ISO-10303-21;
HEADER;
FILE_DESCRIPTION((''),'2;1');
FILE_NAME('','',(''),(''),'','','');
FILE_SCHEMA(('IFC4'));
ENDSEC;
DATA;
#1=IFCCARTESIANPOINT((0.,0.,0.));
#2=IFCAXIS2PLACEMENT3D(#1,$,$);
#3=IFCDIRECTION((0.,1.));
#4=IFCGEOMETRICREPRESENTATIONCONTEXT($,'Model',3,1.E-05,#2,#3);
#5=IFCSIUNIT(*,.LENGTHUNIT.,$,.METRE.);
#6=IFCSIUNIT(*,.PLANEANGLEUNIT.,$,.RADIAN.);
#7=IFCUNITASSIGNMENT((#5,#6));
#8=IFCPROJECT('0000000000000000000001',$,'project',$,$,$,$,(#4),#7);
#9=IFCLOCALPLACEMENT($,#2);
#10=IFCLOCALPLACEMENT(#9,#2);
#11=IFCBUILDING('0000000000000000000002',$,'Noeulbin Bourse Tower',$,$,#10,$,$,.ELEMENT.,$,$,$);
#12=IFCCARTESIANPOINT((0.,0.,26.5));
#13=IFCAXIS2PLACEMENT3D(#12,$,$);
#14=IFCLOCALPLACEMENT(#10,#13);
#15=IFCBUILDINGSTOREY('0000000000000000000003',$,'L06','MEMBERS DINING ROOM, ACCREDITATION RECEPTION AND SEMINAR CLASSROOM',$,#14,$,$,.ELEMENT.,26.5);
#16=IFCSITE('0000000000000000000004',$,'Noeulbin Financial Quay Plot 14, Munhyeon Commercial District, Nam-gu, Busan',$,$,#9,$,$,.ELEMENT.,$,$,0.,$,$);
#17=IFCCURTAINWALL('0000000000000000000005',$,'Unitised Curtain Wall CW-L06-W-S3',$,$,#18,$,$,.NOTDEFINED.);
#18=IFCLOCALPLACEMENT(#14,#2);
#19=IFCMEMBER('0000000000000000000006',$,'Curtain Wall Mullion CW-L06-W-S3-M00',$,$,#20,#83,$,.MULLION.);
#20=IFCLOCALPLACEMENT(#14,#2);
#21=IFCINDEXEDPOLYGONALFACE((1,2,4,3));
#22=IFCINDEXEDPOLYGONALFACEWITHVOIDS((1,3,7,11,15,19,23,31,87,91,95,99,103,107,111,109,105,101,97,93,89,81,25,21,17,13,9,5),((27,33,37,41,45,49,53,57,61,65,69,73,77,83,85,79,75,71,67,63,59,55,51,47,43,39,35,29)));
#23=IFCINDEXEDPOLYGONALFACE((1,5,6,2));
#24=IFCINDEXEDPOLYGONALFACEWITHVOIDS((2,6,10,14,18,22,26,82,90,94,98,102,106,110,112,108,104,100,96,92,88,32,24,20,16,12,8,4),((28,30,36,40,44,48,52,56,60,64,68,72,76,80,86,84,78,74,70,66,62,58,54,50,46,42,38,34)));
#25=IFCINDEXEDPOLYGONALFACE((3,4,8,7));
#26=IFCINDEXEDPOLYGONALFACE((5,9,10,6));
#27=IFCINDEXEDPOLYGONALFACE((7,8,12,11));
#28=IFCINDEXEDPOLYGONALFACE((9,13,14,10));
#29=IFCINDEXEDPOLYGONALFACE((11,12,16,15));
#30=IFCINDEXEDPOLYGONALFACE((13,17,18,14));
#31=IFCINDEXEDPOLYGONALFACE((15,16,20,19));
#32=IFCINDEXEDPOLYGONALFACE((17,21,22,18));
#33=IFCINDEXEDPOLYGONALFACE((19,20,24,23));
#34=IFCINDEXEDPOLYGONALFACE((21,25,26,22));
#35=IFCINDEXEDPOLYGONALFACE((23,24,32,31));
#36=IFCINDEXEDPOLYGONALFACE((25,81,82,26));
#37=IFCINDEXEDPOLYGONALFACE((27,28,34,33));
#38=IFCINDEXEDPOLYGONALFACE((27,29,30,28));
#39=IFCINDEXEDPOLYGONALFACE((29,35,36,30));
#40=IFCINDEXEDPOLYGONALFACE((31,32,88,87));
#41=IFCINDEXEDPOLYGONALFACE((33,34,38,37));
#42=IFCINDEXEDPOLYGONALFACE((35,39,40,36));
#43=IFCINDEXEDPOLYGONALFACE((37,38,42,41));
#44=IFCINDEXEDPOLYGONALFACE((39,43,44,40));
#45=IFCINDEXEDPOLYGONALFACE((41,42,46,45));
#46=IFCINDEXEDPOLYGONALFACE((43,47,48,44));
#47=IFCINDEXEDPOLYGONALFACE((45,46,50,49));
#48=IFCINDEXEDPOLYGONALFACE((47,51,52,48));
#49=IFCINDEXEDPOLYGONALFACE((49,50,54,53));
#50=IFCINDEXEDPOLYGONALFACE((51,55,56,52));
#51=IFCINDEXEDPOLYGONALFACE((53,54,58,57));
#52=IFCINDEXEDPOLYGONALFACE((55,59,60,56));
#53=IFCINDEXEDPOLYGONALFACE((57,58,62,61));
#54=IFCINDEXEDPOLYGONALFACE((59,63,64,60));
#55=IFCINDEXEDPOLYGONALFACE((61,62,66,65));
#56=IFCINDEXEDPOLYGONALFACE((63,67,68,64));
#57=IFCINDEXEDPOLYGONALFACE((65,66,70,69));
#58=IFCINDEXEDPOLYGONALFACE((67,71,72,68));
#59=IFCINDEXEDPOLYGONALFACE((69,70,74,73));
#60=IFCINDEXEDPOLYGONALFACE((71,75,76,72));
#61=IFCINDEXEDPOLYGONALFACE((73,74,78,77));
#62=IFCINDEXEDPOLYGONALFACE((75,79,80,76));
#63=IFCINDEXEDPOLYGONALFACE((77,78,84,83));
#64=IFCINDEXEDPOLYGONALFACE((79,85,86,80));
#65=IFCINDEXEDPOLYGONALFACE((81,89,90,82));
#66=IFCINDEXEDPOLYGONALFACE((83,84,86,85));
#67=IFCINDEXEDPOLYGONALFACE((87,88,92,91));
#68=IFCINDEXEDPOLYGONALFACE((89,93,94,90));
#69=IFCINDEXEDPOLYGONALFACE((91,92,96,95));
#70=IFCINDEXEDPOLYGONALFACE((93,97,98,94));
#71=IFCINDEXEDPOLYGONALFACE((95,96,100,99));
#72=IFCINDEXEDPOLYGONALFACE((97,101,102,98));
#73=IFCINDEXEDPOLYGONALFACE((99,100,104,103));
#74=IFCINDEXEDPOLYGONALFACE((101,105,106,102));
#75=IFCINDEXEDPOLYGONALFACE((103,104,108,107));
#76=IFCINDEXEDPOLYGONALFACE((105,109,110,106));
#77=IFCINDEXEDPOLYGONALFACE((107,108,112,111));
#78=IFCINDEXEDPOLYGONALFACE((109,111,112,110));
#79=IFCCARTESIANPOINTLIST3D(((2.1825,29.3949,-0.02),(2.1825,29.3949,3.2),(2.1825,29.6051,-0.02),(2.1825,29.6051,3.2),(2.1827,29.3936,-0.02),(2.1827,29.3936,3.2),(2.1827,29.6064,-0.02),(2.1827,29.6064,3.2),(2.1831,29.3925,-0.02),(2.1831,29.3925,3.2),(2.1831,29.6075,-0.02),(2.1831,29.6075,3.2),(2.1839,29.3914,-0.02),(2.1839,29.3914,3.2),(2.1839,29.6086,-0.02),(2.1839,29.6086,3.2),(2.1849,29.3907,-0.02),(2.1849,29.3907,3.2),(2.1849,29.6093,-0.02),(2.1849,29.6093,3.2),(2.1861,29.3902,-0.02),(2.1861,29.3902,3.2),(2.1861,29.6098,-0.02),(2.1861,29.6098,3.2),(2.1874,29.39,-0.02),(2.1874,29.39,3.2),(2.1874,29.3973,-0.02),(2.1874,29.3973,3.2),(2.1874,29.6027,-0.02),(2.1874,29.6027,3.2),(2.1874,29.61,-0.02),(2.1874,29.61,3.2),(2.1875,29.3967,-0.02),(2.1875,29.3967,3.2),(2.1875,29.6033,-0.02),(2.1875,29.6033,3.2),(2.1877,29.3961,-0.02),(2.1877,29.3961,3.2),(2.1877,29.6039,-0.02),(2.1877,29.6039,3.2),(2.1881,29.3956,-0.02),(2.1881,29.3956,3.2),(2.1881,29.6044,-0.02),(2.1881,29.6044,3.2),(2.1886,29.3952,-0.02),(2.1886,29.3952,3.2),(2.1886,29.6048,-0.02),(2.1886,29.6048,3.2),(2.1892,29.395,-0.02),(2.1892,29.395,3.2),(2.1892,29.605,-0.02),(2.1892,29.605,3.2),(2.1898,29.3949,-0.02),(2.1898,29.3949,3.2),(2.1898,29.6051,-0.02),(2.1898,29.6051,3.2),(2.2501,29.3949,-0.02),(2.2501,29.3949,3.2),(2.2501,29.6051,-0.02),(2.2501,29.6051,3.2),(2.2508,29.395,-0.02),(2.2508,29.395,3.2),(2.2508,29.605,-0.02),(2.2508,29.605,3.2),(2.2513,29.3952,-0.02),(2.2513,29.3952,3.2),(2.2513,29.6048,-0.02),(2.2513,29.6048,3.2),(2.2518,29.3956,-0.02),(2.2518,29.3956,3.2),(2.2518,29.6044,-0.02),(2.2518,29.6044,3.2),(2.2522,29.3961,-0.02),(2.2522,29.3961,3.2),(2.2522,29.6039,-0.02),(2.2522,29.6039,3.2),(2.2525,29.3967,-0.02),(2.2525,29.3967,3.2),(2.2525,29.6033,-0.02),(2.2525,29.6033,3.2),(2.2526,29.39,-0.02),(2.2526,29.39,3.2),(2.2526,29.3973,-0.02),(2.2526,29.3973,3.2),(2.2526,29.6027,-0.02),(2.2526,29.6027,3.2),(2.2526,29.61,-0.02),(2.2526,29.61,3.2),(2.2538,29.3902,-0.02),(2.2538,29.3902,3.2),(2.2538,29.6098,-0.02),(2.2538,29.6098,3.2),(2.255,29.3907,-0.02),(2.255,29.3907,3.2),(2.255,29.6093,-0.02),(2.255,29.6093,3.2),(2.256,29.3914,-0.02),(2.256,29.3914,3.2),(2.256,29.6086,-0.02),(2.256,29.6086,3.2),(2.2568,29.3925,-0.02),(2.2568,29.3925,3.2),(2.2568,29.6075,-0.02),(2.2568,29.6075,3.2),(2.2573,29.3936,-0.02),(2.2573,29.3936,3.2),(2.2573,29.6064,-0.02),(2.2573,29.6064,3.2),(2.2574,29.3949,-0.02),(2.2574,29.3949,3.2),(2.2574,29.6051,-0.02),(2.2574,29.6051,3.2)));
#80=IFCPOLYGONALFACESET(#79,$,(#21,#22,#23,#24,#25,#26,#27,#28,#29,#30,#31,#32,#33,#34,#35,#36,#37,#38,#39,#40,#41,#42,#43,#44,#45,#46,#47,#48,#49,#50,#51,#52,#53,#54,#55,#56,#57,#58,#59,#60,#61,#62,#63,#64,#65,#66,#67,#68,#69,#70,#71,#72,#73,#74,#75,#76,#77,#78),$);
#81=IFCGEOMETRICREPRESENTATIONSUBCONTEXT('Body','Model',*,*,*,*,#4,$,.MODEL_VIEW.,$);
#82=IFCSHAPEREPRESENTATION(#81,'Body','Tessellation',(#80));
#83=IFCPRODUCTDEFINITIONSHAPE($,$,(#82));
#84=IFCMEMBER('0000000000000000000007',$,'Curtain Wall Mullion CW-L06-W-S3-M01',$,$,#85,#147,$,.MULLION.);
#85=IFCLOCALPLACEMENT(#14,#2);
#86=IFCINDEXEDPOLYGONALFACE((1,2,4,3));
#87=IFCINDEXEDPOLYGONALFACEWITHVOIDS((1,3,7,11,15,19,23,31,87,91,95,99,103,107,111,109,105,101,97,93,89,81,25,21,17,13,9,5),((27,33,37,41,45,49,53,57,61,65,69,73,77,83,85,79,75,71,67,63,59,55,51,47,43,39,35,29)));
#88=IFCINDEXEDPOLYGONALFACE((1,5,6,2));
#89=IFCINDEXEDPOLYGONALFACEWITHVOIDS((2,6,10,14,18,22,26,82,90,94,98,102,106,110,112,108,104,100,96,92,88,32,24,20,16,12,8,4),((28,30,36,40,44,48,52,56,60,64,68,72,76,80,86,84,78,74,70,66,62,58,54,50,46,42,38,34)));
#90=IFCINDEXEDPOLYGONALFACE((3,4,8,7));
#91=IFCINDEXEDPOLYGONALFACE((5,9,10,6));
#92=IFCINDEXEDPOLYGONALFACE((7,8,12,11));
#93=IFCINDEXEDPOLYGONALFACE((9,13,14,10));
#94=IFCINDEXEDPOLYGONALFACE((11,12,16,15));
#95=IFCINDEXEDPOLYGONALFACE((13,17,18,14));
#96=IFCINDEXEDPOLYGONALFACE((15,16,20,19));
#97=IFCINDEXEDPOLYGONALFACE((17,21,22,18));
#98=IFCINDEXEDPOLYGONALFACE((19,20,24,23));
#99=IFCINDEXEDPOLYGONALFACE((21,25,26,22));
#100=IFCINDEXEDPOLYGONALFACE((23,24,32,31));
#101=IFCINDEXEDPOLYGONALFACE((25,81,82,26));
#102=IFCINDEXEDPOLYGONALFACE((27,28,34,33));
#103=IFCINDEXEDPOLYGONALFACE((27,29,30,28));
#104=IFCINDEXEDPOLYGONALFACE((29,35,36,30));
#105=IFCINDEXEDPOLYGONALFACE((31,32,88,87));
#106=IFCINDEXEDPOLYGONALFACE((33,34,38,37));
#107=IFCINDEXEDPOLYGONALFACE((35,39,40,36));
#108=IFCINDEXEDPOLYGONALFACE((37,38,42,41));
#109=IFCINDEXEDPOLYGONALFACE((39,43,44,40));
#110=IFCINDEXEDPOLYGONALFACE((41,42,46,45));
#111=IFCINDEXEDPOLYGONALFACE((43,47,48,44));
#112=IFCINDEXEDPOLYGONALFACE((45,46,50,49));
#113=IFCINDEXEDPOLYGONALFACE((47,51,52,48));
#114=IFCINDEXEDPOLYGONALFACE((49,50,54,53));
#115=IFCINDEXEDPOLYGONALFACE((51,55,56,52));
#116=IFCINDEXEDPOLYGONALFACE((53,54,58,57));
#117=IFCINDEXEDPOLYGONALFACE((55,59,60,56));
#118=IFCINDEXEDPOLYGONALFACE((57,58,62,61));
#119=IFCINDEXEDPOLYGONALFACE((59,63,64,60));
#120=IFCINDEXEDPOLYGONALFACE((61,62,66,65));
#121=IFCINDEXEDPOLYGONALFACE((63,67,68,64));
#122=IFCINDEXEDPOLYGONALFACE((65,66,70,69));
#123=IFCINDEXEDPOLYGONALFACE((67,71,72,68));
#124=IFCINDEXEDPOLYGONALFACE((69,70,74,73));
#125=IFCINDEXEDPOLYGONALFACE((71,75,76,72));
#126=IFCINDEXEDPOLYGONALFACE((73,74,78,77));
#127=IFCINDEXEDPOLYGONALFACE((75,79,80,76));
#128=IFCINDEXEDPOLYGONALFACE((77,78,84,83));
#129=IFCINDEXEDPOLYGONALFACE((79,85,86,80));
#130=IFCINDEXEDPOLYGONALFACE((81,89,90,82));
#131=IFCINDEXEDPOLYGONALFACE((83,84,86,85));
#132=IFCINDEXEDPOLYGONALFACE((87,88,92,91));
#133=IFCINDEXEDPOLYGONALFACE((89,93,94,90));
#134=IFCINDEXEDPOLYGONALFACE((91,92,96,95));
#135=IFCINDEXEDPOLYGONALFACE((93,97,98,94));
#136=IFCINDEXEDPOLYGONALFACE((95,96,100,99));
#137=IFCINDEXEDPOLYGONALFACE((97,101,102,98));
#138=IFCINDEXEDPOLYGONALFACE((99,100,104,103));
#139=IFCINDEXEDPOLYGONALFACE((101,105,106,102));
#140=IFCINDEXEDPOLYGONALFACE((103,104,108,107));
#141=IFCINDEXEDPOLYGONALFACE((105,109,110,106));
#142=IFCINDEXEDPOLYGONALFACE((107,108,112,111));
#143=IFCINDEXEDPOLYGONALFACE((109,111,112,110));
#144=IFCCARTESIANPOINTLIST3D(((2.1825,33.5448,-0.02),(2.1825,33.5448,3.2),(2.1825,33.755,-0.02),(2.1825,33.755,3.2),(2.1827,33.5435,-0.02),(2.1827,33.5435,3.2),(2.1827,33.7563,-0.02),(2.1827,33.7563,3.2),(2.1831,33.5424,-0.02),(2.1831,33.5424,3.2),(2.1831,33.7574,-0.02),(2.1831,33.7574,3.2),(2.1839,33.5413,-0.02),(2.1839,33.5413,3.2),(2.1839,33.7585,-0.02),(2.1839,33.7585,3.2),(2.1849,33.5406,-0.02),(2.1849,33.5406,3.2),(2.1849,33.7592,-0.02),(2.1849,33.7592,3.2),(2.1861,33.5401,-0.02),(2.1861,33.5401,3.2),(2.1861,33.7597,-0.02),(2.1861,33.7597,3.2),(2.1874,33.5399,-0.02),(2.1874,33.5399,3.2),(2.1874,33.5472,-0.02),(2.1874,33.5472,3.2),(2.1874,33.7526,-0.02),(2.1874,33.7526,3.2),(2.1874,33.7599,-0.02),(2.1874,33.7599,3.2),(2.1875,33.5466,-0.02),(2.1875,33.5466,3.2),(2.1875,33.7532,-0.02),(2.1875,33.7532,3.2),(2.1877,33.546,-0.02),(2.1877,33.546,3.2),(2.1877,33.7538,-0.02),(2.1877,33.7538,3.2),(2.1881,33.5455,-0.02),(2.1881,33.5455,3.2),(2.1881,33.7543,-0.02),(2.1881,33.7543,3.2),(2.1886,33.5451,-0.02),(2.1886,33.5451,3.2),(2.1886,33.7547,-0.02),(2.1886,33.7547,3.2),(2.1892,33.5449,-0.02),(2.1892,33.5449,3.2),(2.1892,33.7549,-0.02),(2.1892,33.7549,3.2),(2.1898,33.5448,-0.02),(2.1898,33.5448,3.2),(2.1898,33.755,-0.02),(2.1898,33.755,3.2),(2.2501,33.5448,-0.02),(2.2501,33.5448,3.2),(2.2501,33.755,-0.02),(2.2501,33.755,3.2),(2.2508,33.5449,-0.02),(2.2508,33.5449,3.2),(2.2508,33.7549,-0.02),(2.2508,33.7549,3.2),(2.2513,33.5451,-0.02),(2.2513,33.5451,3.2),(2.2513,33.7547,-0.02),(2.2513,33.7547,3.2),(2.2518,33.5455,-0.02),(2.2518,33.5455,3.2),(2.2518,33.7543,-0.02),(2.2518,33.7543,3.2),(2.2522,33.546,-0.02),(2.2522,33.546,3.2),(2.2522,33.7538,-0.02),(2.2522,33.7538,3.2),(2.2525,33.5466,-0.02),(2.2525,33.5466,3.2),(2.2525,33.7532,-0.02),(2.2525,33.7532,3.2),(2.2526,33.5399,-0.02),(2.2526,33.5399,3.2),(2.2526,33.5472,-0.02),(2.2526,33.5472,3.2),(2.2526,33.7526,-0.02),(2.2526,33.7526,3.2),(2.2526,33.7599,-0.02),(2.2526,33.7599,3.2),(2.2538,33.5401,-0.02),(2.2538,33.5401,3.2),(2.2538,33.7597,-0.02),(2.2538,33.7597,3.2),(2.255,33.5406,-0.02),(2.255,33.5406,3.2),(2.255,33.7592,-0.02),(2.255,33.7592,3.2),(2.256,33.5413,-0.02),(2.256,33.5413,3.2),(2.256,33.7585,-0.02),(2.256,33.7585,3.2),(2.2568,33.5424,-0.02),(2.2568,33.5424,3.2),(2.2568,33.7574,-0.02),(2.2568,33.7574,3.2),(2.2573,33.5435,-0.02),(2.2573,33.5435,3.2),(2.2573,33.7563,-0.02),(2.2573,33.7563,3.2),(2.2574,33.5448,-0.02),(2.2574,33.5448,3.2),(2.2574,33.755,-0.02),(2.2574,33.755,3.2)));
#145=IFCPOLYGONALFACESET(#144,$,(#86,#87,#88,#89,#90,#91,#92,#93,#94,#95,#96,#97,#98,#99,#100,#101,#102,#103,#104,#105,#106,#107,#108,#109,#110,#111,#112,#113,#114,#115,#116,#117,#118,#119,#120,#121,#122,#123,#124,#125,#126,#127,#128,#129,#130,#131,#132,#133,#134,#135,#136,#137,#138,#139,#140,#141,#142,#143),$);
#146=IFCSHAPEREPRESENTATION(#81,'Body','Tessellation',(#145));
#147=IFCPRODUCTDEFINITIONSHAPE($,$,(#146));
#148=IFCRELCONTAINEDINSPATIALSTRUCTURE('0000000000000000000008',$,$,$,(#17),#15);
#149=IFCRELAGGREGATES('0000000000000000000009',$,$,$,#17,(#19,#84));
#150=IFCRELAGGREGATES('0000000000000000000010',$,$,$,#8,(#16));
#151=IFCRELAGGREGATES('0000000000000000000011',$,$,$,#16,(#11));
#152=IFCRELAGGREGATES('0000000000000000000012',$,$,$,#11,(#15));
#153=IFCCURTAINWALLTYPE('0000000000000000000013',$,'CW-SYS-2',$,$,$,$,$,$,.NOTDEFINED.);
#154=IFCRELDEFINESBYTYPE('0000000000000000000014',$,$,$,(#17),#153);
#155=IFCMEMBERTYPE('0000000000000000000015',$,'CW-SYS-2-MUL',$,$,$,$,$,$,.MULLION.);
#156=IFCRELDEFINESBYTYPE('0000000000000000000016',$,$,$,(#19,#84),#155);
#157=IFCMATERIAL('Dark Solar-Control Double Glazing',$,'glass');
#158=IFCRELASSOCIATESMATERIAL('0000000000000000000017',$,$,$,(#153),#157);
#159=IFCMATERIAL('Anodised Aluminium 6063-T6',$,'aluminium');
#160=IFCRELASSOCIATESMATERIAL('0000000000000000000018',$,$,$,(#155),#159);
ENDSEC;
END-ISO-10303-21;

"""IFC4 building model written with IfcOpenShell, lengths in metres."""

from ifc_helpers import new_model, si_unit, direction, frame, origin, origin_2d, place, context, subcontext, project, spatial, hollow_rectangle, extrude, material, material_profile, profile_set, type_object, element, aggregate, save


model = new_model("IFC4")

# Units and contexts
model_context = context("Model", 3, precision=1e-05, world=origin(), true_north=direction((0.0, 1.0)))
body_context = subcontext(model_context, "Body", "Model", "MODEL_VIEW")
ifc_project = project(units=[si_unit("LENGTHUNIT", "METRE"), si_unit("PLANEANGLEUNIT", "RADIAN")], contexts=[model_context])

# Site, building, storey
site_placement = place(None, origin())
site = spatial("IfcSite", under=ifc_project, at=site_placement, Name="Noeulbin Financial Quay Plot 14, Munhyeon Commercial District, Nam-gu, Busan", CompositionType="ELEMENT", RefElevation=0.0)
building_placement = place(site_placement, origin())
building = spatial("IfcBuilding", under=site, at=building_placement, Name="Noeulbin Bourse Tower", CompositionType="ELEMENT")
storey_placement = place(building_placement, frame((0.0, 0.0, 26.5)))
storey = spatial("IfcBuildingStorey", under=building, at=storey_placement, Name="L06", Description="MEMBERS DINING ROOM, ACCREDITATION RECEPTION AND SEMINAR CLASSROOM", CompositionType="ELEMENT", Elevation=26.5)

# Curtain wall, members
ifc_material_1 = material(Name="Dark Solar-Control Double Glazing", Category="glass")
curtain_wall_type = type_object("IfcCurtainWallType", Name="CW-SYS-2", PredefinedType="NOTDEFINED", material=ifc_material_1)
curtain_wall_placement = place(storey_placement, origin())
curtain_wall = element("IfcCurtainWall", 1, at=curtain_wall_placement, inside=storey, type_object=curtain_wall_type, Name="Unitised Curtain Wall CW-L06-W-S3", PredefinedType="NOTDEFINED")
ifc_material_2 = material(Name="Anodised Aluminium 6063-T6", Category="aluminium")
ifc_material_profile_1 = material_profile(ifc_material_2, hollow_rectangle(XDim=0.075, YDim=0.22, WallThickness=0.0049, InnerFilletRadius=0.0024, OuterFilletRadius=0.0049, at=origin_2d()), Name="ALU-MULL-75x220x5", Category="LoadBearing")
ifc_profile_set_1 = profile_set([ifc_material_profile_1], Name="Anodised Aluminium 6063-T6")
member_type_1 = type_object("IfcMemberType", Name="CW-SYS-2-MUL", PredefinedType="MULLION", material=ifc_profile_set_1)
member_1_placement = place(storey_placement, frame((2.22, 29.5, -0.02), z_axis=(0.0, 0.0, 1.0), x_axis=(1.0, 0.0, 0.0)))
member_1 = element("IfcMember", 2, at=member_1_placement, type_object=member_type_1, Name="Curtain Wall Mullion CW-L06-W-S3-M00", PredefinedType="MULLION", context=body_context, shape_type="SweptSolid", body=[
    extrude(hollow_rectangle(XDim=0.075, YDim=0.22, WallThickness=0.0049, InnerFilletRadius=0.0024, OuterFilletRadius=0.0049, at=origin_2d()), origin(), (0.0, 0.0, 1.0), 3.22),
])
member_2_placement = place(storey_placement, frame((2.22, 33.6499, -0.02), z_axis=(0.0, 0.0, 1.0), x_axis=(1.0, 0.0, 0.0)))
member_2 = element("IfcMember", 3, at=member_2_placement, type_object=member_type_1, Name="Curtain Wall Mullion CW-L06-W-S3-M01", PredefinedType="MULLION", context=body_context, shape_type="SweptSolid", body=[
    extrude(hollow_rectangle(XDim=0.075, YDim=0.22, WallThickness=0.0049, InnerFilletRadius=0.0024, OuterFilletRadius=0.0049, at=origin_2d()), origin(), (0.0, 0.0, 1.0), 3.22),
])
aggregate(curtain_wall, [member_1, member_2])

save(model, "model.ifc")
